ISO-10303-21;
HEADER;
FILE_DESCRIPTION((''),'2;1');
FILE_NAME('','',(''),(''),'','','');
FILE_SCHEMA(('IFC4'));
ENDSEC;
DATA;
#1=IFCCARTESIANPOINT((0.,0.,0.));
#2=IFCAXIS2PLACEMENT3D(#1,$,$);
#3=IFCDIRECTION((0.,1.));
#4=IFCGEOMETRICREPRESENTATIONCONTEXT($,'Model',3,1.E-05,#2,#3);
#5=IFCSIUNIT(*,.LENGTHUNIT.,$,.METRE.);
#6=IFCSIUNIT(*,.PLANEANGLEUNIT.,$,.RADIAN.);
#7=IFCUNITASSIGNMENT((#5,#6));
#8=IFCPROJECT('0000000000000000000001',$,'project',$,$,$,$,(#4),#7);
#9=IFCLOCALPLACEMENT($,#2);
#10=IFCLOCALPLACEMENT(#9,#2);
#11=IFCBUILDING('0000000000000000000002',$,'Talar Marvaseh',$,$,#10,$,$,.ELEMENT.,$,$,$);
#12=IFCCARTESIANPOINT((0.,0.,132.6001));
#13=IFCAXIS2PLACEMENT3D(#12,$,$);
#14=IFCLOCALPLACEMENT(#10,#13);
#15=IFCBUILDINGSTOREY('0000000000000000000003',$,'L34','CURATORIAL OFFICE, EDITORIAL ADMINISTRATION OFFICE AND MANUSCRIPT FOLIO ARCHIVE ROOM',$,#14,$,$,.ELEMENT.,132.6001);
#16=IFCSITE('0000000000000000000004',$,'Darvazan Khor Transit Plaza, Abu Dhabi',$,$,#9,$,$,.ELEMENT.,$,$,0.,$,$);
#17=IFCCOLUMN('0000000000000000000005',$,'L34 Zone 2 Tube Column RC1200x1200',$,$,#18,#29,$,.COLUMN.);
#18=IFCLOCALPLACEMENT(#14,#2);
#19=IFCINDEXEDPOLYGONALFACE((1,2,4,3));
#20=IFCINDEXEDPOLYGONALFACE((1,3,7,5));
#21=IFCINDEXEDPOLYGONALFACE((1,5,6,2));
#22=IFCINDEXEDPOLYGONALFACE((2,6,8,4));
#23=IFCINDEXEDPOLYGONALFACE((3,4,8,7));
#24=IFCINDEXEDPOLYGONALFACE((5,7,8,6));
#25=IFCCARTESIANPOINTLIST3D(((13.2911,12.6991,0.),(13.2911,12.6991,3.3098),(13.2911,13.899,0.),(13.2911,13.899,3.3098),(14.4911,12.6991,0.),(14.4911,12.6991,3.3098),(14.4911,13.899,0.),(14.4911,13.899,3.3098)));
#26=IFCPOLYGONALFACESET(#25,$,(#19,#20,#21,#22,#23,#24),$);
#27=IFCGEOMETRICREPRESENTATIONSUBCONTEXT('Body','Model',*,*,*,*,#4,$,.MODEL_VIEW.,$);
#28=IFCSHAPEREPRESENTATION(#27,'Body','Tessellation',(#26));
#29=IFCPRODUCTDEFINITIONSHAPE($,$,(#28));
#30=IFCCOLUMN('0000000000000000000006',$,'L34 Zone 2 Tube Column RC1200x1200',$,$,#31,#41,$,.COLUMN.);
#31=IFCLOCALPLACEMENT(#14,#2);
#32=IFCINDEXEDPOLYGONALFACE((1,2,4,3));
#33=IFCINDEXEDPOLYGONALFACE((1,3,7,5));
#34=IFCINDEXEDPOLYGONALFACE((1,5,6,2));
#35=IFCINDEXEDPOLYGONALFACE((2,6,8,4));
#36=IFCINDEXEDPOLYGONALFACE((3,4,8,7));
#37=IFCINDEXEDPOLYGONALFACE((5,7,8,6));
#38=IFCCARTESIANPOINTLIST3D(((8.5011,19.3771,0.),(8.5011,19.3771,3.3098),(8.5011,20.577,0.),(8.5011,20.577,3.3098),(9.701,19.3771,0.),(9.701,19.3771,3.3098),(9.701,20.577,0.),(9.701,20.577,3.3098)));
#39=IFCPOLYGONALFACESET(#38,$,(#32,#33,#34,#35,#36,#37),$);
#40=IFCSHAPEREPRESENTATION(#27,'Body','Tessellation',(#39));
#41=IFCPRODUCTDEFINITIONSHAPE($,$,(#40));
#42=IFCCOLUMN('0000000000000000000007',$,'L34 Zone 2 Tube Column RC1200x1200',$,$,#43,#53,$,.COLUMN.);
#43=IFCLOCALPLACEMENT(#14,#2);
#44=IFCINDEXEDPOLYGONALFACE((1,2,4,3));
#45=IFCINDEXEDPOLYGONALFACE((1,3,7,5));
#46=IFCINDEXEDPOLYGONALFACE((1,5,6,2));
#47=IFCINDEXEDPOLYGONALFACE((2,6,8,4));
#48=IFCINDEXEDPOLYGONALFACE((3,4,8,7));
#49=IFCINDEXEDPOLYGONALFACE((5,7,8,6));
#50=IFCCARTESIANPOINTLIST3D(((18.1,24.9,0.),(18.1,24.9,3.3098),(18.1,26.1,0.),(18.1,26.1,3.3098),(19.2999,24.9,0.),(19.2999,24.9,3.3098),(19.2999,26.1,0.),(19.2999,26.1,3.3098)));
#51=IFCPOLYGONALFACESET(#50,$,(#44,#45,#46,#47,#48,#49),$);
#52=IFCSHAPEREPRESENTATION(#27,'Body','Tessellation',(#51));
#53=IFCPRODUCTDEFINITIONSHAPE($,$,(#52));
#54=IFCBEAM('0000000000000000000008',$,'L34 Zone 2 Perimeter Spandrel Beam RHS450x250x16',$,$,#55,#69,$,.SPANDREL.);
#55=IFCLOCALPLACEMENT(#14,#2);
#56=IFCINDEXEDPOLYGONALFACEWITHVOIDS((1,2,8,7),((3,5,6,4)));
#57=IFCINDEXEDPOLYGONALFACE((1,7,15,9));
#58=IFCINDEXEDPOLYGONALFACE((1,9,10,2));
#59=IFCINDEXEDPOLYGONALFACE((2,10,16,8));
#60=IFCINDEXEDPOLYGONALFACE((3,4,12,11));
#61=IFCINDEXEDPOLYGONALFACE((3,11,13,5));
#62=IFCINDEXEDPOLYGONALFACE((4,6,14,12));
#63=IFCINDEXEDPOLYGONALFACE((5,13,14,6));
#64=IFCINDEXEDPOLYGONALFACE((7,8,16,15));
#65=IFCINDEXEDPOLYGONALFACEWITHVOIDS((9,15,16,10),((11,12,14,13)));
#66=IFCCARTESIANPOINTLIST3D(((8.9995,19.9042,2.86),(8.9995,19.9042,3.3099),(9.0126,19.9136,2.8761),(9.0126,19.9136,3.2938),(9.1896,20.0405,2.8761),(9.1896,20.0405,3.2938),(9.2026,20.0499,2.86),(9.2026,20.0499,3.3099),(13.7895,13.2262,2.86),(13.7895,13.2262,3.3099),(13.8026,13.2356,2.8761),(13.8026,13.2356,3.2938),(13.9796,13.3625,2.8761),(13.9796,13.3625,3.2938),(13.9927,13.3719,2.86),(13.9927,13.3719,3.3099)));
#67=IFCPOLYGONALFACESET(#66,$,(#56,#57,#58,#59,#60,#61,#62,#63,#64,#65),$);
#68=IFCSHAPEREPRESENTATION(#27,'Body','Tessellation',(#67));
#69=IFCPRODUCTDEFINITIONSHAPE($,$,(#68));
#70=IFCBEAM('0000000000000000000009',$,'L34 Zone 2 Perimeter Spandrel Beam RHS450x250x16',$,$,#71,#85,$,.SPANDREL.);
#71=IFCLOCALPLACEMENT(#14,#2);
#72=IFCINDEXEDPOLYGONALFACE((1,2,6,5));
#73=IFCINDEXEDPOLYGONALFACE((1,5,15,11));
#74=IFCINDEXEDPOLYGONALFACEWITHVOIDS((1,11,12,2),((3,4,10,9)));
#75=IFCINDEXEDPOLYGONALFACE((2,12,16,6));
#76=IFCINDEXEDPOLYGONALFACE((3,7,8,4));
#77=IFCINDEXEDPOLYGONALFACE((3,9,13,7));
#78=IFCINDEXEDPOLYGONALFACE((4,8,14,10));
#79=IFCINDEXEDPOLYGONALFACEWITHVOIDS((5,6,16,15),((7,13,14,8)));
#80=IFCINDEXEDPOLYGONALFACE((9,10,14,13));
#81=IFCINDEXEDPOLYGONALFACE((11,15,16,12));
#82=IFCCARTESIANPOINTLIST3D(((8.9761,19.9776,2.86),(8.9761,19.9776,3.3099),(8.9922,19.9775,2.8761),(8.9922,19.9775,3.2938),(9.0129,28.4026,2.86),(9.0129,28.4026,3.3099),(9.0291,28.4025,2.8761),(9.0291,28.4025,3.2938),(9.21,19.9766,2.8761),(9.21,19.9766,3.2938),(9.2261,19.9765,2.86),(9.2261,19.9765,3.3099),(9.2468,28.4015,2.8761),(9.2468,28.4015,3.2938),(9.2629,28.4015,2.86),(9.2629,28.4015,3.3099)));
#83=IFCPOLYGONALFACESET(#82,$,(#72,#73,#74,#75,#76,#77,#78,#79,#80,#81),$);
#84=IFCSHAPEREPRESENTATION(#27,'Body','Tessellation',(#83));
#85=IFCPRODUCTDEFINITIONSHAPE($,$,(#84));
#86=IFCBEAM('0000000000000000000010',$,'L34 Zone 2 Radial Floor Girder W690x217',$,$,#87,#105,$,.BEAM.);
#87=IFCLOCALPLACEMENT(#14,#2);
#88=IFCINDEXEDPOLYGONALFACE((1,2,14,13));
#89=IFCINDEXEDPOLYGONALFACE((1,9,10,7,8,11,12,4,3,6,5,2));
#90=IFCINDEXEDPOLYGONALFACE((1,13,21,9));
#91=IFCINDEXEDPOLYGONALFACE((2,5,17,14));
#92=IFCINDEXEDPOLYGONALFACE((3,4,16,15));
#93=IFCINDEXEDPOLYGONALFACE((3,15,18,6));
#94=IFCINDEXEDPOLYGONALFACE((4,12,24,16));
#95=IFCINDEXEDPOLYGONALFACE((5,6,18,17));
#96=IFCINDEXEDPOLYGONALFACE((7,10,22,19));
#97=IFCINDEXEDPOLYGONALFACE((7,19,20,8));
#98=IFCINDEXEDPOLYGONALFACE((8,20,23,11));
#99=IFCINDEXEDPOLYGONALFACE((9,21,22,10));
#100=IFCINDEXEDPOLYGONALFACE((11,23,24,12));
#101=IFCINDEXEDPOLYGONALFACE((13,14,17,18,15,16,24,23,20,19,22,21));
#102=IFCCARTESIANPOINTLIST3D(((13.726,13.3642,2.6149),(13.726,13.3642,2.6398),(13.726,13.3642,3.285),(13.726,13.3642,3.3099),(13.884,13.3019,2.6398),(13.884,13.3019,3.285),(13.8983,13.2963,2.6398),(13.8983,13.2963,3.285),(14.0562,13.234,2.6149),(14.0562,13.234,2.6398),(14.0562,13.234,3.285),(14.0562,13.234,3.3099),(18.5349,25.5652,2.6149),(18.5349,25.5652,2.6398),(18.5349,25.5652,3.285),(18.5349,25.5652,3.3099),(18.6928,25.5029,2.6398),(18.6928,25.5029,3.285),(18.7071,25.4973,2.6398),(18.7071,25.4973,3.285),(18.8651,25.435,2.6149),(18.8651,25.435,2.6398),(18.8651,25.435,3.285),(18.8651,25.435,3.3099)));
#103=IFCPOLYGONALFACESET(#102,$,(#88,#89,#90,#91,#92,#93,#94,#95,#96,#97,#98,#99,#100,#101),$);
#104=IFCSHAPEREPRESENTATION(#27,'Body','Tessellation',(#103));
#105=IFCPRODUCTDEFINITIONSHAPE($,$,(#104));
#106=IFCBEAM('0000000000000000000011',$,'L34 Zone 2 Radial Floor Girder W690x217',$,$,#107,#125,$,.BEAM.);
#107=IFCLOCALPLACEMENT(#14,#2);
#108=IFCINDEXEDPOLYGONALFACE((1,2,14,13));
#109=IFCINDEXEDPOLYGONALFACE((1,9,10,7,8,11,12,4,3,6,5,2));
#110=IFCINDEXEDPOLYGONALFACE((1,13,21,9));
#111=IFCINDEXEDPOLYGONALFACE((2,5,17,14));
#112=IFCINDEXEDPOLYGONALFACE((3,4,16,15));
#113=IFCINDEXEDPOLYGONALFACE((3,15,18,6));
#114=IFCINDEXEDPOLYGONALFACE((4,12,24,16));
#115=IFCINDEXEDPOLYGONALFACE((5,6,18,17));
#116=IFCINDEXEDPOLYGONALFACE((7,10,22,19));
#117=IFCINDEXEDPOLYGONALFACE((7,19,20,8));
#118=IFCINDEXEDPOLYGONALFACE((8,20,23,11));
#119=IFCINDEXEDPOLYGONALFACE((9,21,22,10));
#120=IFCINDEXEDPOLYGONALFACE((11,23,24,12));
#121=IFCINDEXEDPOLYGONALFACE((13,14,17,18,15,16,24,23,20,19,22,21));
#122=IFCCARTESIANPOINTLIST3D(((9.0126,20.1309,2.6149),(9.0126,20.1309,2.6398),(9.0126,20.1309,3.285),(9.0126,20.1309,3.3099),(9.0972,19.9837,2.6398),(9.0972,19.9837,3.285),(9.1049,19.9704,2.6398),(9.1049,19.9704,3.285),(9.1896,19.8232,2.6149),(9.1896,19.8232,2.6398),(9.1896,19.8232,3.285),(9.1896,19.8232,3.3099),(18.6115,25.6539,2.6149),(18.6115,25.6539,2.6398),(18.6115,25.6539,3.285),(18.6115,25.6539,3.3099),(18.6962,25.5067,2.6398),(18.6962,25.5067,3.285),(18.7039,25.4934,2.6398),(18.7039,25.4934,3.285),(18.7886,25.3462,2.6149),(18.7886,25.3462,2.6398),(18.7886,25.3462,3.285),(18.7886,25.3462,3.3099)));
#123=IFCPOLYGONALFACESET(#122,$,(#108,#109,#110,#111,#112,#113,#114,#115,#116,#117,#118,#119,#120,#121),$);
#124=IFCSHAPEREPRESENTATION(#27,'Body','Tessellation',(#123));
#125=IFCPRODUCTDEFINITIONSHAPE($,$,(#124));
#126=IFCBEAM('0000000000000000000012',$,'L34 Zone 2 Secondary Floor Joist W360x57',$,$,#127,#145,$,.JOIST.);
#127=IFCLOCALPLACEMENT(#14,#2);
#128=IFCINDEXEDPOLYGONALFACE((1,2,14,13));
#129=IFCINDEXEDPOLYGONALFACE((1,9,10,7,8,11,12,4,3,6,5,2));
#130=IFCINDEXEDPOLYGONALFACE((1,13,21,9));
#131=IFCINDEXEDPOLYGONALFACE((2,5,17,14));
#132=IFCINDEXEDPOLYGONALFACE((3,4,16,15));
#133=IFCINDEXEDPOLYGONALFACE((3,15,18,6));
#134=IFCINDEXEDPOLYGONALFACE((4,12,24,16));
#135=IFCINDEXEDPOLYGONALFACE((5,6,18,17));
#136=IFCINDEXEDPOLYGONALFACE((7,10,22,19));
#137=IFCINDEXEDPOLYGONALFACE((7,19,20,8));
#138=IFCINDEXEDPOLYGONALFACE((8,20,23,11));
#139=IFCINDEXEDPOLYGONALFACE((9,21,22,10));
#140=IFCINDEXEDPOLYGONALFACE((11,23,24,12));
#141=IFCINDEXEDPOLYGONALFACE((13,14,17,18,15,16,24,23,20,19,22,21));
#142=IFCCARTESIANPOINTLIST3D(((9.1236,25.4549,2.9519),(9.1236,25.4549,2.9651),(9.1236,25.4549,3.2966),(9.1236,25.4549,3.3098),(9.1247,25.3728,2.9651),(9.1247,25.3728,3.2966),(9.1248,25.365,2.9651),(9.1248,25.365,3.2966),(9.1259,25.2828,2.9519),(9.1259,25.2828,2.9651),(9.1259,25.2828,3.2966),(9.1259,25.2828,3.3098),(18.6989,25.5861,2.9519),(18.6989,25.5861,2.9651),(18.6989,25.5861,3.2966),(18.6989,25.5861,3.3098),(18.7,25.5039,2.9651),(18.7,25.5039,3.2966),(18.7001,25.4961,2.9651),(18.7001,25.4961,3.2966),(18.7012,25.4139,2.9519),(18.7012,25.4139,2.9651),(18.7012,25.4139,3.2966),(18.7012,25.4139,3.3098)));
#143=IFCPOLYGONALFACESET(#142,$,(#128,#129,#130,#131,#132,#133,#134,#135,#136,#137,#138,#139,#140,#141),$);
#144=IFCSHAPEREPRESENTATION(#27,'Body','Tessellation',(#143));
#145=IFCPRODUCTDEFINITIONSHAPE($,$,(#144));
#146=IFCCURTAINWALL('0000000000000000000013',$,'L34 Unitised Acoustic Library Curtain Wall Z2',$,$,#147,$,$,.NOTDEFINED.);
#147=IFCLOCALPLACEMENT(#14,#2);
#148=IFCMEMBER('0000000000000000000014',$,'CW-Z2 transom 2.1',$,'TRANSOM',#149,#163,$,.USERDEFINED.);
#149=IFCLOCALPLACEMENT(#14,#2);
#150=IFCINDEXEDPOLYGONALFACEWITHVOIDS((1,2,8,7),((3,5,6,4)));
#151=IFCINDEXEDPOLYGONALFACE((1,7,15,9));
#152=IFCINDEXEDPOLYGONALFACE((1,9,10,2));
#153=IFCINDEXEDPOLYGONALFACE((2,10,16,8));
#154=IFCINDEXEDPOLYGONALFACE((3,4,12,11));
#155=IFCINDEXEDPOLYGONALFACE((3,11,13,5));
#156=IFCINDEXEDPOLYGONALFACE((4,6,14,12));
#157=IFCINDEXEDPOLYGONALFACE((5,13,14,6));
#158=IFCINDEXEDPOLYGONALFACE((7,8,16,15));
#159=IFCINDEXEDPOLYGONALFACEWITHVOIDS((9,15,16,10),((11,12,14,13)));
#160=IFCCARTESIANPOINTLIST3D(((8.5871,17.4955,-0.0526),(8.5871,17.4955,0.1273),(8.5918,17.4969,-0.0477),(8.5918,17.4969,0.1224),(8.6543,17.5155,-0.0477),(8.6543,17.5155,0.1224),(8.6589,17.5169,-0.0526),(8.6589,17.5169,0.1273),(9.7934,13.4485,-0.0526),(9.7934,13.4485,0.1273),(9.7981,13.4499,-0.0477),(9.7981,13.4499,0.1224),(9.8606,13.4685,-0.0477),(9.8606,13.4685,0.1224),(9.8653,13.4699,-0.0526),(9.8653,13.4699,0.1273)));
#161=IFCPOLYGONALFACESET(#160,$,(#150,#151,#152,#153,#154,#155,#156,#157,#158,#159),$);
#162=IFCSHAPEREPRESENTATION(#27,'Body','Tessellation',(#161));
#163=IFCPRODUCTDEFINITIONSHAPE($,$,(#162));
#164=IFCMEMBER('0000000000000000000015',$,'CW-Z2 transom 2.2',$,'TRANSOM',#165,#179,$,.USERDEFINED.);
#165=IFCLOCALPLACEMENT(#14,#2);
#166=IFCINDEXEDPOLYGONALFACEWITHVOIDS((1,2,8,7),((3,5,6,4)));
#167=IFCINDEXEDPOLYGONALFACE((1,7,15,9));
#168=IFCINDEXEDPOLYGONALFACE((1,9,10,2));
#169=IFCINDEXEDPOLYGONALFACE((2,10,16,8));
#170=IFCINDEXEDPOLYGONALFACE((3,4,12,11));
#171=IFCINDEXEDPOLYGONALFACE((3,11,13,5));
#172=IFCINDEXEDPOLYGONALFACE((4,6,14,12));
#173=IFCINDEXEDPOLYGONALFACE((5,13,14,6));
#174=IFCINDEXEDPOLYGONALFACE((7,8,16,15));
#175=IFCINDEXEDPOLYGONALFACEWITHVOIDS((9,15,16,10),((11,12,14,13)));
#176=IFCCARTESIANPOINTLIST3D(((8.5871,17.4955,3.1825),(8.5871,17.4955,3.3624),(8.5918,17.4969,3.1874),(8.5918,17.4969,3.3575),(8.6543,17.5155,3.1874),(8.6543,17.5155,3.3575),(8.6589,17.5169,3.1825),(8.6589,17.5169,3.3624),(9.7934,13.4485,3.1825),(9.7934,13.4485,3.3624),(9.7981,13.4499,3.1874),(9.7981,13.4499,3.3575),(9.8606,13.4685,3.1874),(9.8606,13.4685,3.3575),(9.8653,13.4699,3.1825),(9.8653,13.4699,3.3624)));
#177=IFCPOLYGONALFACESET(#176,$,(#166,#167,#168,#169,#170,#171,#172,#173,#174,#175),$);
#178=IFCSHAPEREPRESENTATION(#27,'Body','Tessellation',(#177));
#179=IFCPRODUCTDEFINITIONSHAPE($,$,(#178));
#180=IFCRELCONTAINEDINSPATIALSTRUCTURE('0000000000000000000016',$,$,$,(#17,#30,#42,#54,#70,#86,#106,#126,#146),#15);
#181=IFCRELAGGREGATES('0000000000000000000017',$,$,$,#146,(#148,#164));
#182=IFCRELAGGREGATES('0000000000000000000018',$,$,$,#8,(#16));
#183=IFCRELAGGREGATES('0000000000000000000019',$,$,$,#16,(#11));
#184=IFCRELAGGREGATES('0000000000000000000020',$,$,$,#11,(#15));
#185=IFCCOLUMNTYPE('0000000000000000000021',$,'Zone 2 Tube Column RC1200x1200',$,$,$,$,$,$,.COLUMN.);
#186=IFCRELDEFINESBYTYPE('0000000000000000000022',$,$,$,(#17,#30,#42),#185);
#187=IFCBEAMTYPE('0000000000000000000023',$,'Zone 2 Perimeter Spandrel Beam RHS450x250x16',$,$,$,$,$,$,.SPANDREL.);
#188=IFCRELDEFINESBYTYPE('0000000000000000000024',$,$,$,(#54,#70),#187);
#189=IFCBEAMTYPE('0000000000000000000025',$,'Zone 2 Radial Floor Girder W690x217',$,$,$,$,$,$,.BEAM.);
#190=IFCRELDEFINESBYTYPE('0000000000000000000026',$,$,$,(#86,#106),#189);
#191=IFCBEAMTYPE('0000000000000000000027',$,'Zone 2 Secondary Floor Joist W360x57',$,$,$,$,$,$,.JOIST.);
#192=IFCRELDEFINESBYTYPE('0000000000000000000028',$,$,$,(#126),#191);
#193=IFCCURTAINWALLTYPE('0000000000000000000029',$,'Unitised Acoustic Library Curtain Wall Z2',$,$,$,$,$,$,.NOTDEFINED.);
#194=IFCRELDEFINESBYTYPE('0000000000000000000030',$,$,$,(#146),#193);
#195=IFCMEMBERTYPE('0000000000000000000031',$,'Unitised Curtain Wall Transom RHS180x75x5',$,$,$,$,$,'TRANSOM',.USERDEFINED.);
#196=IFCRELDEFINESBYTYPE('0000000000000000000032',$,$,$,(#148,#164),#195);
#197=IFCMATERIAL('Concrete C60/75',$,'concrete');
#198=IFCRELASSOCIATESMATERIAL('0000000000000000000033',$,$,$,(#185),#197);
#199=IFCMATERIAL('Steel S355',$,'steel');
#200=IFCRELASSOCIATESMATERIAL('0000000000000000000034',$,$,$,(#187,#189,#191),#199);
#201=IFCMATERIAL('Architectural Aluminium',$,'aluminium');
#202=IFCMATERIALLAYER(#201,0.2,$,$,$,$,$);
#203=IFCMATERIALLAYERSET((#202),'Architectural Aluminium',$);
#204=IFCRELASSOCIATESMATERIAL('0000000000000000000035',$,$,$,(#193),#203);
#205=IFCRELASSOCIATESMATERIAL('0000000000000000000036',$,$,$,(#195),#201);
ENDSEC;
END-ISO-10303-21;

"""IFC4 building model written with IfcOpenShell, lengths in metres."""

from ifc_helpers import new_model, si_unit, direction, frame, origin, origin_2d, place, context, subcontext, project, spatial, rectangle, hollow_rectangle, i_section, extrude, source, transform, mapped, material, layer, layer_set, material_profile, profile_set, type_object, type_shapes, element, aggregate, save


model = new_model("IFC4")

# Units and contexts
model_context = context("Model", 3, precision=1e-05, world=origin(), true_north=direction((0.0, 1.0)))
body_context = subcontext(model_context, "Body", "Model", "MODEL_VIEW")
ifc_project = project(units=[si_unit("LENGTHUNIT", "METRE"), si_unit("PLANEANGLEUNIT", "RADIAN")], contexts=[model_context])

# Site, building, storey
site_placement = place(None, origin())
site = spatial("IfcSite", under=ifc_project, at=site_placement, Name="Darvazan Khor Transit Plaza, Abu Dhabi", CompositionType="ELEMENT", RefElevation=0.0)
building_placement = place(site_placement, origin())
building = spatial("IfcBuilding", under=site, at=building_placement, Name="Talar Marvaseh", CompositionType="ELEMENT")
storey_placement = place(building_placement, frame((0.0, 0.0, 132.6001)))
storey = spatial("IfcBuildingStorey", under=building, at=storey_placement, Name="L34", Description="CURATORIAL OFFICE, EDITORIAL ADMINISTRATION OFFICE AND MANUSCRIPT FOLIO ARCHIVE ROOM", CompositionType="ELEMENT", Elevation=132.6001)

# Columns
ifc_material_1 = material(Name="Concrete C60/75", Category="concrete")
ifc_material_profile_1 = material_profile(ifc_material_1, rectangle(XDim=1.2, YDim=1.2, at=origin_2d()), Name="RC1200x1200")
ifc_profile_set_1 = profile_set([ifc_material_profile_1], Name="Concrete C60/75")
column_type = type_object("IfcColumnType", Name="Zone 2 Tube Column RC1200x1200", PredefinedType="COLUMN", material=ifc_profile_set_1)
for number, where, z_axis, x_axis, name in (
    (1, (13.8911, 13.2991, 0.0), (0.0, 0.0, 1.0), (1.0, 0.0, 0.0), "L34 Zone 2 Tube Column RC1200x1200"),
    (2, (9.1011, 19.9771, 0.0), (0.0, 0.0, 1.0), (1.0, 0.0, 0.0), "L34 Zone 2 Tube Column RC1200x1200"),
    (3, (18.7, 25.5, 0.0), (0.0, 0.0, 1.0), (1.0, 0.0, 0.0), "L34 Zone 2 Tube Column RC1200x1200"),
):
    element("IfcColumn", number, at=place(storey_placement, frame(where, z_axis=z_axis, x_axis=x_axis)), inside=storey, type_object=column_type, Name=name, PredefinedType="COLUMN", context=body_context, shape_type="SweptSolid", body=[
        extrude(rectangle(XDim=1.2, YDim=1.2, at=origin_2d()), origin(), (0.0, 0.0, 1.0), 3.3098),
    ])

# Beams
ifc_material_2 = material(Name="Steel S355", Category="steel")
ifc_material_profile_2 = material_profile(ifc_material_2, hollow_rectangle(XDim=0.25, YDim=0.45, WallThickness=0.0161, at=origin_2d()), Name="RHS450x250x16")
ifc_profile_set_2 = profile_set([ifc_material_profile_2], Name="Steel S355")
beam_type_1 = type_object("IfcBeamType", Name="Zone 2 Perimeter Spandrel Beam RHS450x250x16", PredefinedType="SPANDREL", material=ifc_profile_set_2)
beam_1_placement = place(storey_placement, frame((13.8911, 13.2991, 3.085), z_axis=(-0.582853, 0.812578, 0.0), x_axis=(-0.812578, -0.582853, 0.0)))
element("IfcBeam", 4, at=beam_1_placement, inside=storey, type_object=beam_type_1, Name="L34 Zone 2 Perimeter Spandrel Beam RHS450x250x16", PredefinedType="SPANDREL", context=body_context, shape_type="SweptSolid", body=[
    extrude(hollow_rectangle(XDim=0.25, YDim=0.45, WallThickness=0.0161, at=origin_2d()), origin(), (0.0, 0.0, 1.0), 8.2183),
])
beam_2_placement = place(storey_placement, frame((9.1011, 19.9771, 3.085), z_axis=(0.004376, 0.99999, 0.0), x_axis=(-0.99999, 0.004376, 0.0)))
element("IfcBeam", 5, at=beam_2_placement, inside=storey, type_object=beam_type_1, Name="L34 Zone 2 Perimeter Spandrel Beam RHS450x250x16", PredefinedType="SPANDREL", context=body_context, shape_type="SweptSolid", body=[
    extrude(hollow_rectangle(XDim=0.25, YDim=0.45, WallThickness=0.0161, at=origin_2d()), origin(), (0.0, 0.0, 1.0), 8.425),
])
ifc_material_profile_3 = material_profile(ifc_material_2, i_section(OverallWidth=0.355, OverallDepth=0.6951, WebThickness=0.0154, FlangeThickness=0.0249, at=origin_2d()), Name="W690x217")
ifc_profile_set_3 = profile_set([ifc_material_profile_3], Name="Steel S355")
beam_type_2 = type_object("IfcBeamType", Name="Zone 2 Radial Floor Girder W690x217", PredefinedType="BEAM", material=ifc_profile_set_3)
beam_3_placement = place(storey_placement, frame((13.8911, 13.2991, 2.9624), z_axis=(0.366684, 0.930346, 0.0), x_axis=(-0.930346, 0.366684, 0.0)))
element("IfcBeam", 6, at=beam_3_placement, inside=storey, type_object=beam_type_2, Name="L34 Zone 2 Radial Floor Girder W690x217", PredefinedType="BEAM", context=body_context, shape_type="SweptSolid", body=[
    extrude(i_section(OverallWidth=0.355, OverallDepth=0.6951, WebThickness=0.0154, FlangeThickness=0.0249, at=origin_2d()), origin(), (0.0, 0.0, 1.0), 13.1145),
])
beam_4_placement = place(storey_placement, frame((9.1011, 19.9771, 2.9624), z_axis=(0.866766, 0.498715, 0.0), x_axis=(-0.498715, 0.866766, 0.0)))
element("IfcBeam", 7, at=beam_4_placement, inside=storey, type_object=beam_type_2, Name="L34 Zone 2 Radial Floor Girder W690x217", PredefinedType="BEAM", context=body_context, shape_type="SweptSolid", body=[
    extrude(i_section(OverallWidth=0.355, OverallDepth=0.6951, WebThickness=0.0154, FlangeThickness=0.0249, at=origin_2d()), origin(), (0.0, 0.0, 1.0), 11.0745),
])
ifc_material_profile_4 = material_profile(ifc_material_2, i_section(OverallWidth=0.1721, OverallDepth=0.3579, WebThickness=0.0078, FlangeThickness=0.0132, at=origin_2d()), Name="W360x57")
ifc_profile_set_4 = profile_set([ifc_material_profile_4], Name="Steel S355")
beam_type_3 = type_object("IfcBeamType", Name="Zone 2 Secondary Floor Joist W360x57", PredefinedType="JOIST", material=ifc_profile_set_4)
beam_5_placement = place(storey_placement, frame((9.1248, 25.3689, 3.1309), z_axis=(0.999906, 0.013691, 0.0), x_axis=(-0.013691, 0.999906, 0.0)))
element("IfcBeam", 8, at=beam_5_placement, inside=storey, type_object=beam_type_3, Name="L34 Zone 2 Secondary Floor Joist W360x57", PredefinedType="JOIST", context=body_context, shape_type="SweptSolid", body=[
    extrude(i_section(OverallWidth=0.1721, OverallDepth=0.3579, WebThickness=0.0078, FlangeThickness=0.0132, at=origin_2d()), origin(), (0.0, 0.0, 1.0), 9.5762),
])

# Curtain wall, members
ifc_material_3 = material(Name="Architectural Aluminium", Category="aluminium")
ifc_layer_1 = layer(ifc_material_3, 0.2)
ifc_layer_set_1 = layer_set([ifc_layer_1], Name="Architectural Aluminium")
curtain_wall_type = type_object("IfcCurtainWallType", Name="Unitised Acoustic Library Curtain Wall Z2", PredefinedType="NOTDEFINED", material=ifc_layer_set_1)
curtain_wall_placement = place(storey_placement, origin())
curtain_wall = element("IfcCurtainWall", 9, at=curtain_wall_placement, inside=storey, type_object=curtain_wall_type, Name="L34 Unitised Acoustic Library Curtain Wall Z2", PredefinedType="NOTDEFINED")
ifc_material_profile_5 = material_profile(ifc_material_3, hollow_rectangle(XDim=0.075, YDim=0.1799, WallThickness=0.0049, at=origin_2d()), Name="RHS180x75x5")
ifc_profile_set_5 = profile_set([ifc_material_profile_5], Name="Architectural Aluminium")
member_type_1 = type_object("IfcMemberType", Name="Unitised Curtain Wall Transom RHS180x75x5", ElementType="TRANSOM", PredefinedType="USERDEFINED", material=ifc_profile_set_5)
shared_shape_1 = source(origin(), body_context, "Body", "SweptSolid", [
    extrude(hollow_rectangle(XDim=0.075, YDim=0.1799, WallThickness=0.0049, at=origin_2d()), origin(), (0.0, 0.0, 1.0), 4.2229),
])
type_shapes(member_type_1, [shared_shape_1])
member_1_placement = place(storey_placement, frame((9.8293, 13.4592, 0.0374), z_axis=(-0.285661, 0.958331, 0.0), x_axis=(-0.958331, -0.285661, 0.0)))
member_1 = element("IfcMember", 10, at=member_1_placement, type_object=member_type_1, Name="CW-Z2 transom 2.1", ObjectType="TRANSOM", PredefinedType="USERDEFINED", context=body_context, shape_type="MappedRepresentation", body=[
    mapped(shared_shape_1, transform((0.0, 0.0, 0.0), x_axis=(1.0, 0.0, 0.0), y_axis=(0.0, 1.0, 0.0), z_axis=(0.0, 0.0, 1.0), scale=1.0)),
])
member_2_placement = place(storey_placement, frame((9.8293, 13.4592, 3.2725), z_axis=(-0.285661, 0.958331, 0.0), x_axis=(-0.958331, -0.285661, 0.0)))
member_2 = element("IfcMember", 11, at=member_2_placement, type_object=member_type_1, Name="CW-Z2 transom 2.2", ObjectType="TRANSOM", PredefinedType="USERDEFINED", context=body_context, shape_type="MappedRepresentation", body=[
    mapped(shared_shape_1, transform((0.0, 0.0, 0.0), x_axis=(1.0, 0.0, 0.0), y_axis=(0.0, 1.0, 0.0), z_axis=(0.0, 0.0, 1.0), scale=1.0)),
])
aggregate(curtain_wall, [member_1, member_2])

save(model, "model.ifc")
